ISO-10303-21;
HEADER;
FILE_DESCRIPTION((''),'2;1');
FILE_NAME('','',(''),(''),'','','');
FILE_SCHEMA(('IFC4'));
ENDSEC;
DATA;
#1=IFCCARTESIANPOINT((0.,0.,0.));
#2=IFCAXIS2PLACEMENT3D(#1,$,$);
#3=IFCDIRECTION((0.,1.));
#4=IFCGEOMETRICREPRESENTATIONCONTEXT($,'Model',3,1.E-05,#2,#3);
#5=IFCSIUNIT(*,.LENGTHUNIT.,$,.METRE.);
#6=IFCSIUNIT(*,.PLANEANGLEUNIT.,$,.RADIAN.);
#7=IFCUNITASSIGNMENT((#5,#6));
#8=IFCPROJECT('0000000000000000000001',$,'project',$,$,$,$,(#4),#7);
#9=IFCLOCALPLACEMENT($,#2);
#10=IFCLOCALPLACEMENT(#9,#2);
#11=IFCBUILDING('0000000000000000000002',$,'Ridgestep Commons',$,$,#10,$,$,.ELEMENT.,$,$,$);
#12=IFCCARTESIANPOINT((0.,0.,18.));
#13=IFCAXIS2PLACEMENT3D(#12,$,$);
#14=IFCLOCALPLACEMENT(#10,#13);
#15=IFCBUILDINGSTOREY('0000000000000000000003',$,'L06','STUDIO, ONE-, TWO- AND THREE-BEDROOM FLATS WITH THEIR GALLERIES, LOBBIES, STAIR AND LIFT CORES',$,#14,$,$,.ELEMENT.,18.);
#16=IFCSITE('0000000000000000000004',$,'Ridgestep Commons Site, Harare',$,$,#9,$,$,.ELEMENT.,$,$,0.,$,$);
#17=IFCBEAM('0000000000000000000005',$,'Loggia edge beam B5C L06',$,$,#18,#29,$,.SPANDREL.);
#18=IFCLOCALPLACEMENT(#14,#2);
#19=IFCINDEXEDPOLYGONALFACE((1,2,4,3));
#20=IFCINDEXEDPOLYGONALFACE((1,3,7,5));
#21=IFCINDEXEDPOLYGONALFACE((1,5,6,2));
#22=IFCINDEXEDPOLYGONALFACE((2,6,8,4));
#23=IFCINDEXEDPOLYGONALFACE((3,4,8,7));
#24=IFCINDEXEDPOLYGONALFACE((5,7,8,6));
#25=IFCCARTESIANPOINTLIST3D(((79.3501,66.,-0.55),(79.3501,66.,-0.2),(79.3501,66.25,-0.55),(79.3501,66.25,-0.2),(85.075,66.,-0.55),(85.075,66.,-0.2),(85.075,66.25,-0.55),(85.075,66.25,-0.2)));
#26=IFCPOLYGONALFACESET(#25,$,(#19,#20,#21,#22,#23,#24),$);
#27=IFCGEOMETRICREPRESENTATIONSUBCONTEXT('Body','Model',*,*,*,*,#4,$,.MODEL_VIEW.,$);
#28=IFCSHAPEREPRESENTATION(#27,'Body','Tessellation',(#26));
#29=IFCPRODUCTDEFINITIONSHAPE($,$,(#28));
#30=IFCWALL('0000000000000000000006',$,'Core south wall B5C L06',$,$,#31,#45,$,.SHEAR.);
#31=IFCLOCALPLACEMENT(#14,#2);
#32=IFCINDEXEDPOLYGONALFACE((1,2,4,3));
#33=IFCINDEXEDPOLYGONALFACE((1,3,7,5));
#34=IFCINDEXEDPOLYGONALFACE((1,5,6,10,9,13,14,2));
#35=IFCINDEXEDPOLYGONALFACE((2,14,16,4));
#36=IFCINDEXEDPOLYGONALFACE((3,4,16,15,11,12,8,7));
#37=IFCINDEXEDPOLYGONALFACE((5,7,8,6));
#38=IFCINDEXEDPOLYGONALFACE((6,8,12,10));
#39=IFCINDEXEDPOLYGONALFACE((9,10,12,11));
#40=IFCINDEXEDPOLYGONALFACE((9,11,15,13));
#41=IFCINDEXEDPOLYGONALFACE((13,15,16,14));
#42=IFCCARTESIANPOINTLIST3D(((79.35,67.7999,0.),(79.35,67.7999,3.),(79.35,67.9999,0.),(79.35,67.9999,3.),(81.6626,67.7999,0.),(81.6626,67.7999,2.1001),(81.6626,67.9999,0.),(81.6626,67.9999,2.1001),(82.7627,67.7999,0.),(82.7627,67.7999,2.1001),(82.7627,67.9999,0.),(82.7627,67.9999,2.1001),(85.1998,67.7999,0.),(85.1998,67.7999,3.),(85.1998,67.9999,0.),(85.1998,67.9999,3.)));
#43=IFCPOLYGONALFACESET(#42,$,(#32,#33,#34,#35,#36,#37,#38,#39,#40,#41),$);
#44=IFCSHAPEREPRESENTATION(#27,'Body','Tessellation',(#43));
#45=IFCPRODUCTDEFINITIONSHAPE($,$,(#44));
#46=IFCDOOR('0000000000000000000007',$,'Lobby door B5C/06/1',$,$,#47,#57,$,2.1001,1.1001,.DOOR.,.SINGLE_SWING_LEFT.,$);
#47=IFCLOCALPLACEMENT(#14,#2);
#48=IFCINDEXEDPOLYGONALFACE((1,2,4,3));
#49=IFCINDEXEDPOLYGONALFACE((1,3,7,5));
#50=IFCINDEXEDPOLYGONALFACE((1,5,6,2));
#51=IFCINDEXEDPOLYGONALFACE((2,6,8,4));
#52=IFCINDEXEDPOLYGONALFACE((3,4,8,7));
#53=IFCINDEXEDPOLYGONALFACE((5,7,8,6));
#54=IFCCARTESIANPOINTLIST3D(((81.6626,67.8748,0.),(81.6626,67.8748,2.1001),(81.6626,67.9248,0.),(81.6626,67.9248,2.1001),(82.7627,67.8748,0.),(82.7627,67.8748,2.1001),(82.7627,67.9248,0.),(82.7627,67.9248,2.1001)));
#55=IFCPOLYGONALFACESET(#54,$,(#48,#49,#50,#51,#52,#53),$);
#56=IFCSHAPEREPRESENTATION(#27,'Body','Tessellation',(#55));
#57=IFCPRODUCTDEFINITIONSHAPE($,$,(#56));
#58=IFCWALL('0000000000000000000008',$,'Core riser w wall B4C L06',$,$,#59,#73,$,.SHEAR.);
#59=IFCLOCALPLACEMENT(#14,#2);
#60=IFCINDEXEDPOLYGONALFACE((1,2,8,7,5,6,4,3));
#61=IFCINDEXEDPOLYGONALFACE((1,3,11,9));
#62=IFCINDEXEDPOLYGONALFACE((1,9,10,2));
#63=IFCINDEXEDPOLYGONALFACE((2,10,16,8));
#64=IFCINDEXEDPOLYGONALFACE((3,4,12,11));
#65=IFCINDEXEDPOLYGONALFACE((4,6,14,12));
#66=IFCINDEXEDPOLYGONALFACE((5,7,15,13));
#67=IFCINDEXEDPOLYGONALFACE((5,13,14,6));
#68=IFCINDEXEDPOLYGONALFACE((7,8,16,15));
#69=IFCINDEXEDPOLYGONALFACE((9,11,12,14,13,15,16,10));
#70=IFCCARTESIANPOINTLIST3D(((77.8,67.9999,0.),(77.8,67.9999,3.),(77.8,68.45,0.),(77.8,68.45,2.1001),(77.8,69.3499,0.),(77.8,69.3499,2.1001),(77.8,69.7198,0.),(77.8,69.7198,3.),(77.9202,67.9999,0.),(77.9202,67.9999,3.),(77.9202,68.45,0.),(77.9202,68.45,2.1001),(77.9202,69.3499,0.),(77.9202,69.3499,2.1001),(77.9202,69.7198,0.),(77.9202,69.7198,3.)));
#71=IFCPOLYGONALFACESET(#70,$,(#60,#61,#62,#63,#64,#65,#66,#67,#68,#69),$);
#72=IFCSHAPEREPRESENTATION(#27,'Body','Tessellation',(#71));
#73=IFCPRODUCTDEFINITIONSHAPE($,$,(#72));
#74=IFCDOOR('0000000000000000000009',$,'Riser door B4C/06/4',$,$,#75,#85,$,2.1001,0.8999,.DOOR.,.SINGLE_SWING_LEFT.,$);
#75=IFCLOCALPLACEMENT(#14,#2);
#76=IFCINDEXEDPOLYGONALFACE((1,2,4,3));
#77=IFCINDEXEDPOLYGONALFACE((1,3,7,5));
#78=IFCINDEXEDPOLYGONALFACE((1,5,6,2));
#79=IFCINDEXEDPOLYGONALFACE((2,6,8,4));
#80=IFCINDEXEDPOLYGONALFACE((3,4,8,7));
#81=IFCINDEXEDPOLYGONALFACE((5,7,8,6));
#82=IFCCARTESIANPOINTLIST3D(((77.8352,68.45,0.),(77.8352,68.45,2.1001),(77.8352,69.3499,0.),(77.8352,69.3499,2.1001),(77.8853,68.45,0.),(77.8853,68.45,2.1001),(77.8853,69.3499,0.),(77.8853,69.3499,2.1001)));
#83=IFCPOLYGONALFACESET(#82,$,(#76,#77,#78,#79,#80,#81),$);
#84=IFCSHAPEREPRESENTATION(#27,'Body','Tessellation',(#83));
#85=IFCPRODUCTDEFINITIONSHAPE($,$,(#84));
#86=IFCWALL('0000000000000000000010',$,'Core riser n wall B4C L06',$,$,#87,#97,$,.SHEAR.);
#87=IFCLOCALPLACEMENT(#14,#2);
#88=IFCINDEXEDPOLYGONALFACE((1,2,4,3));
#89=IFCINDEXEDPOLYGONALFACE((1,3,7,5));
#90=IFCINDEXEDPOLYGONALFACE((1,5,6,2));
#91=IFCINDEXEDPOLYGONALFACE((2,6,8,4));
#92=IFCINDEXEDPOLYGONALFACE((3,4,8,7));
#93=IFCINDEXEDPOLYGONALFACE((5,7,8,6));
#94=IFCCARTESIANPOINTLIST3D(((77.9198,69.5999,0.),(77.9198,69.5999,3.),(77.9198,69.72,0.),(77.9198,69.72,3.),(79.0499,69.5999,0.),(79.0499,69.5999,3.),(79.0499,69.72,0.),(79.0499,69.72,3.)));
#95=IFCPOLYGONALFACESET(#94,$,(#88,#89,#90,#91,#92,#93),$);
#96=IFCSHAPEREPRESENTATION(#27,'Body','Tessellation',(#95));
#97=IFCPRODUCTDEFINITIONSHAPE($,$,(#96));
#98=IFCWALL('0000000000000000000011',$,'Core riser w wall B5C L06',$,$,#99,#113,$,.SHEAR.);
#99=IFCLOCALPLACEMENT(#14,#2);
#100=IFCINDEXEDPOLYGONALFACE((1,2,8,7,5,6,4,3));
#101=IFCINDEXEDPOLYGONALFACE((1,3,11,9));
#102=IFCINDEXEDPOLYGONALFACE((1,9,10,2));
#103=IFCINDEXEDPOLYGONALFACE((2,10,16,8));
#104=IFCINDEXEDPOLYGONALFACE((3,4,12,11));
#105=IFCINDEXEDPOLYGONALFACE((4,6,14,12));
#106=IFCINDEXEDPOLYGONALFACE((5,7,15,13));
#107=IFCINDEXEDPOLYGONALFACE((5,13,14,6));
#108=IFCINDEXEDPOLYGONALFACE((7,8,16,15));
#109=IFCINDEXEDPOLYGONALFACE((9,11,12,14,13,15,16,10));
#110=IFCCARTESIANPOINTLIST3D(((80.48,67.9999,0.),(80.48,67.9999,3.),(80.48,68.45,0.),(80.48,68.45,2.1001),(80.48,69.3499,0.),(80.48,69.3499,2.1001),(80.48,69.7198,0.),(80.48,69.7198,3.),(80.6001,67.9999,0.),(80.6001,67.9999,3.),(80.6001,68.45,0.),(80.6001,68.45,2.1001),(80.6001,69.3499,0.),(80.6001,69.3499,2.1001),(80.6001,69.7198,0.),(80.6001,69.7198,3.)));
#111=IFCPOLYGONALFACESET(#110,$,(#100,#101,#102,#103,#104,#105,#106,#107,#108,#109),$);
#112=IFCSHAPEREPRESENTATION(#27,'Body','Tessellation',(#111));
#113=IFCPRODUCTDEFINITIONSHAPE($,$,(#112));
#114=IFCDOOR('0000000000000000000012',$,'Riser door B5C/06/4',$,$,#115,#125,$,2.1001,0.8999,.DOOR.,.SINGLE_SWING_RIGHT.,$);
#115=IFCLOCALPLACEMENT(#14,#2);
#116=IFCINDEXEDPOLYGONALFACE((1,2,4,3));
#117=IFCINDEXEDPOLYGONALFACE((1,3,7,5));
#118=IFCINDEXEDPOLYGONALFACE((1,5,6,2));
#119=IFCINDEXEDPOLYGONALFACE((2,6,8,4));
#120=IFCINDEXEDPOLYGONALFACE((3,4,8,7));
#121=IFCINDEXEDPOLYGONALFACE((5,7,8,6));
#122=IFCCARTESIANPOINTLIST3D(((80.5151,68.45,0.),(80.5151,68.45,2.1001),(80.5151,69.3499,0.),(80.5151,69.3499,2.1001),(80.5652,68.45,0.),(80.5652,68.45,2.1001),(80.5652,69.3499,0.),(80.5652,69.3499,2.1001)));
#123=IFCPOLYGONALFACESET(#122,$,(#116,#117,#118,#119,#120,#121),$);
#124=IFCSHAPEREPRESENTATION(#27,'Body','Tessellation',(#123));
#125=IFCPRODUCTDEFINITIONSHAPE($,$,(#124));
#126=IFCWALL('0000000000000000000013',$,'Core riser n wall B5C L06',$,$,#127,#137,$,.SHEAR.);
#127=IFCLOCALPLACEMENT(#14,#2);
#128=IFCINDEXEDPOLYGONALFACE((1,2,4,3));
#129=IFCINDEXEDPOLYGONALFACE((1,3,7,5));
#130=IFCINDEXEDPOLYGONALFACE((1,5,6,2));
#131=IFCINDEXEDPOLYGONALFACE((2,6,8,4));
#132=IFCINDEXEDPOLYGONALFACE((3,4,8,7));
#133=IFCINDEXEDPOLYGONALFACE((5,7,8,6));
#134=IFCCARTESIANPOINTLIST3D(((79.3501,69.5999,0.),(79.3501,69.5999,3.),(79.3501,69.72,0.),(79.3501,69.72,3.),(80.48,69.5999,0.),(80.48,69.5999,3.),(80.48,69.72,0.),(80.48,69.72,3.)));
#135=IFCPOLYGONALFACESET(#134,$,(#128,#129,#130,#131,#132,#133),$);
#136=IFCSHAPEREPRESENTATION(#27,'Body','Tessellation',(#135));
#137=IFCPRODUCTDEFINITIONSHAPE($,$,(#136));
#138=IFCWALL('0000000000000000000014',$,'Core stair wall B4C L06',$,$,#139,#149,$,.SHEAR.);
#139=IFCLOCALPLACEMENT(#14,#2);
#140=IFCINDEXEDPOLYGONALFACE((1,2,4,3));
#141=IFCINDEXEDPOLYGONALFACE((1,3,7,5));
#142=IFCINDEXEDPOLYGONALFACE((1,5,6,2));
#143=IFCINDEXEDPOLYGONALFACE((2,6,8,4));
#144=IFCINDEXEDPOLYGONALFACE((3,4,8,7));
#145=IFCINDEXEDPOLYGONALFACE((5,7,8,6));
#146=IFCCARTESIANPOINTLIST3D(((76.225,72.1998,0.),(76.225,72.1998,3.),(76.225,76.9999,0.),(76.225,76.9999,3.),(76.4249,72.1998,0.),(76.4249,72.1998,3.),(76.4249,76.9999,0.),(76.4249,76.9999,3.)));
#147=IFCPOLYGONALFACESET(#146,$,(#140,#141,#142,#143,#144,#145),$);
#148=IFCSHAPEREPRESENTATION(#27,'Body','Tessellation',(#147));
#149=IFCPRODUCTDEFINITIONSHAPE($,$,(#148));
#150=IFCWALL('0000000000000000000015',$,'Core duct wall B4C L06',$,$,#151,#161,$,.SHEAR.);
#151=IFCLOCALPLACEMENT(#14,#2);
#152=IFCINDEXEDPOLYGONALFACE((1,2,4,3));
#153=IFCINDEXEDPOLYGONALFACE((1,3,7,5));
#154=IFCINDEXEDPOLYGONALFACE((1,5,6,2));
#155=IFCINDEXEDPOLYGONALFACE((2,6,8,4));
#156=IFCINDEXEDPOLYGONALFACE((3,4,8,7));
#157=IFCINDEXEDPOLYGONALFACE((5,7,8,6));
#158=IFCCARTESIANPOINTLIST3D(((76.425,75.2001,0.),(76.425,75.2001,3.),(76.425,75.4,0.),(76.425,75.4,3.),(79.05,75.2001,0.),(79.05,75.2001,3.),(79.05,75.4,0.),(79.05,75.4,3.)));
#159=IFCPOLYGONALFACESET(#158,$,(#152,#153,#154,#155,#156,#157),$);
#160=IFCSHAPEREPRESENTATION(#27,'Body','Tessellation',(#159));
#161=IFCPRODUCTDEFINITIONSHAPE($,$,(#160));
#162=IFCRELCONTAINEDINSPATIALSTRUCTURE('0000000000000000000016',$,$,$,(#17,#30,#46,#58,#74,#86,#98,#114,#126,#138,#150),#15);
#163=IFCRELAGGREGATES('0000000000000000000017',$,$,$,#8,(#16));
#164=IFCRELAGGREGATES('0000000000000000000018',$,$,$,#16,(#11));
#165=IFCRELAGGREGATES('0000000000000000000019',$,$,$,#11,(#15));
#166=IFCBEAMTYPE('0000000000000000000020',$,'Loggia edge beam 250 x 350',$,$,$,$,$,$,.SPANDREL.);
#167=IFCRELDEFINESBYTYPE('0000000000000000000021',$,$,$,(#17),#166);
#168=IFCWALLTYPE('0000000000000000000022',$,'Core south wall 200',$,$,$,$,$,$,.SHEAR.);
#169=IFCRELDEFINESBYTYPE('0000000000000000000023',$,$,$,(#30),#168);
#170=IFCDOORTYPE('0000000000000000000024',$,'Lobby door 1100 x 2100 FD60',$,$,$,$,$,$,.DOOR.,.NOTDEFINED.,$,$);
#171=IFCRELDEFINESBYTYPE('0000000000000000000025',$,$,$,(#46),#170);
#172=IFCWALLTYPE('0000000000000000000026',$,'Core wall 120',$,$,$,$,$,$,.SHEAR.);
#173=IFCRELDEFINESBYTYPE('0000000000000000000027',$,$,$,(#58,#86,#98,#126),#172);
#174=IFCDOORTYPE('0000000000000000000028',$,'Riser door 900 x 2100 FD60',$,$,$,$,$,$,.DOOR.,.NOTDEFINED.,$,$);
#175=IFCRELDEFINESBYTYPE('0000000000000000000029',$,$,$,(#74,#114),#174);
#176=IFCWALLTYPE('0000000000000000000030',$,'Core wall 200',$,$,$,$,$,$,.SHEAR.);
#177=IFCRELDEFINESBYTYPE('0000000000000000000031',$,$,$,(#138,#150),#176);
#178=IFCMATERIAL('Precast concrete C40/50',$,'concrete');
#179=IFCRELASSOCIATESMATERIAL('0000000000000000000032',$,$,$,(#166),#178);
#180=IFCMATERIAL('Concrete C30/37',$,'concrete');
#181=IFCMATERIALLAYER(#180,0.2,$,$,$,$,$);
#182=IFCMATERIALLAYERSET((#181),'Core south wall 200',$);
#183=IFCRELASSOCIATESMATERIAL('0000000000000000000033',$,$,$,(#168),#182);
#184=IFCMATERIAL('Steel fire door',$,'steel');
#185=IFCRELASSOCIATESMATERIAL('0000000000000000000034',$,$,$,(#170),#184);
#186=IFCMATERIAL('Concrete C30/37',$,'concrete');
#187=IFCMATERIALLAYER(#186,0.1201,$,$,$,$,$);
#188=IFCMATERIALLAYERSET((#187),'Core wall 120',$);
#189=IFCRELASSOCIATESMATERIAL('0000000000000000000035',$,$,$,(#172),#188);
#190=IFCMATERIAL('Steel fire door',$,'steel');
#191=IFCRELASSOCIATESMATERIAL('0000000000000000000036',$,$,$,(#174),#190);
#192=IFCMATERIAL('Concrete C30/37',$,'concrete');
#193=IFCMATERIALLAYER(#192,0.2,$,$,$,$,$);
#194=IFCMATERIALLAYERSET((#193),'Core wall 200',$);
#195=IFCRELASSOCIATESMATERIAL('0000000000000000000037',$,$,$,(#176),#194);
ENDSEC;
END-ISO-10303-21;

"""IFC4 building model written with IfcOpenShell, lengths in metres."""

from ifc_helpers import new_model, si_unit, direction, frame, frame_2d, origin, origin_2d, place, context, subcontext, project, spatial, rectangle, extrude, material, layer, layer_set, material_profile, profile_set, type_object, element, fill, save


model = new_model("IFC4")

# Units and contexts
model_context = context("Model", 3, precision=1e-05, world=origin(), true_north=direction((0.0, 1.0)))
body_context = subcontext(model_context, "Body", "Model", "MODEL_VIEW")
ifc_project = project(units=[si_unit("LENGTHUNIT", "METRE"), si_unit("PLANEANGLEUNIT", "RADIAN")], contexts=[model_context])

# Site, building, storey
site_placement = place(None, origin())
site = spatial("IfcSite", under=ifc_project, at=site_placement, Name="Ridgestep Commons Site, Harare", CompositionType="ELEMENT", RefElevation=0.0)
building_placement = place(site_placement, origin())
building = spatial("IfcBuilding", under=site, at=building_placement, Name="Ridgestep Commons", CompositionType="ELEMENT")
storey_placement = place(building_placement, frame((0.0, 0.0, 18.0)))
storey = spatial("IfcBuildingStorey", under=building, at=storey_placement, Name="L06", Description="STUDIO, ONE-, TWO- AND THREE-BEDROOM FLATS WITH THEIR GALLERIES, LOBBIES, STAIR AND LIFT CORES", CompositionType="ELEMENT", Elevation=18.0)

# Beam
ifc_material_1 = material(Name="Precast concrete C40/50", Category="concrete")
ifc_material_profile = material_profile(ifc_material_1, rectangle(XDim=0.25, YDim=0.3501, at=origin_2d()), Name="PC 250x350")
ifc_profile_set = profile_set([ifc_material_profile], Name="Precast concrete C40/50")
beam_type = type_object("IfcBeamType", Name="Loggia edge beam 250 x 350", PredefinedType="SPANDREL", material=ifc_profile_set)
beam_placement = place(storey_placement, frame((79.3501, 66.125, -0.375), z_axis=(1.0, 0.0, 0.0), x_axis=(0.0, 1.0, 0.0)))
element("IfcBeam", 1, at=beam_placement, inside=storey, type_object=beam_type, Name="Loggia edge beam B5C L06", PredefinedType="SPANDREL", context=body_context, shape_type="SweptSolid", body=[
    extrude(rectangle(XDim=0.25, YDim=0.3501, at=origin_2d()), origin(), (0.0, 0.0, 1.0), 5.7249),
])

# Walls, openings, doors
ifc_material_2 = material(Name="Concrete C30/37", Category="concrete")
ifc_layer_1 = layer(ifc_material_2, 0.2)
ifc_layer_set_1 = layer_set([ifc_layer_1], Name="Core south wall 200")
wall_type_1 = type_object("IfcWallType", Name="Core south wall 200", PredefinedType="SHEAR", material=ifc_layer_set_1)
wall_1_placement = place(storey_placement, frame((79.3501, 67.8999, 0.0), z_axis=(0.0, 0.0, 1.0), x_axis=(1.0, 0.0, 0.0)))
wall_1 = element("IfcWall", 2, at=wall_1_placement, inside=storey, type_object=wall_type_1, Name="Core south wall B5C L06", PredefinedType="SHEAR", context=body_context, shape_type="SweptSolid", body=[
    extrude(rectangle(XDim=5.8499, YDim=0.2, at=frame_2d((2.9248, 0.0))), origin(), (0.0, 0.0, 1.0), 3.0),
])
opening_1_placement = place(wall_1_placement, frame((2.3125, 0.0, 0.0)))
opening_1 = element("IfcOpeningElement", 3, at=opening_1_placement, cuts=wall_1, PredefinedType="OPENING", context=body_context, shape_type="SweptSolid", body=[
    extrude(rectangle(XDim=1.1001, YDim=2.1001, at=frame_2d((0.55, 1.05))), frame((0.0, 0.1099, 0.0), z_axis=(0.0, -1.0, 0.0), x_axis=(1.0, 0.0, 0.0)), (0.0, 0.0, 1.0), 0.22),
])
ifc_material_3 = material(Name="Steel fire door", Category="steel")
door_type_1 = type_object("IfcDoorType", Name="Lobby door 1100 x 2100 FD60", OperationType="NOTDEFINED", PredefinedType="DOOR", material=ifc_material_3)
door_1_placement = place(opening_1_placement, origin())
door_1 = element("IfcDoor", 4, at=door_1_placement, inside=storey, type_object=door_type_1, Name="Lobby door B5C/06/1", OperationType="SINGLE_SWING_LEFT", OverallHeight=2.1001, OverallWidth=1.1001, PredefinedType="DOOR", context=body_context, shape_type="SweptSolid", body=[
    extrude(rectangle(XDim=1.1001, YDim=2.1001, at=frame_2d((0.55, 1.05))), frame((0.0, 0.0249, 0.0), z_axis=(0.0, -1.0, 0.0), x_axis=(1.0, 0.0, 0.0)), (0.0, 0.0, 1.0), 0.05),
])
fill(opening_1, door_1)
ifc_material_4 = material(Name="Concrete C30/37", Category="concrete")
ifc_layer_2 = layer(ifc_material_4, 0.1201)
ifc_layer_set_2 = layer_set([ifc_layer_2], Name="Core wall 120")
wall_type_2 = type_object("IfcWallType", Name="Core wall 120", PredefinedType="SHEAR", material=ifc_layer_set_2)
wall_2_placement = place(storey_placement, frame((77.8601, 68.0, 0.0), z_axis=(0.0, 0.0, 1.0), x_axis=(0.0, 1.0, 0.0)))
wall_2 = element("IfcWall", 5, at=wall_2_placement, inside=storey, type_object=wall_type_2, Name="Core riser w wall B4C L06", PredefinedType="SHEAR", context=body_context, shape_type="SweptSolid", body=[
    extrude(rectangle(XDim=1.72, YDim=0.1201, at=frame_2d((0.8599, 0.0))), origin(), (0.0, 0.0, 1.0), 3.0),
])
opening_2_placement = place(wall_2_placement, frame((0.45, 0.0, 0.0)))
opening_2 = element("IfcOpeningElement", 6, at=opening_2_placement, cuts=wall_2, PredefinedType="OPENING", context=body_context, shape_type="SweptSolid", body=[
    extrude(rectangle(XDim=0.8999, YDim=2.1001, at=frame_2d((0.45, 1.05))), frame((0.0, 0.0701, 0.0), z_axis=(0.0, -1.0, 0.0), x_axis=(1.0, 0.0, 0.0)), (0.0, 0.0, 1.0), 0.1401),
])
ifc_material_5 = material(Name="Steel fire door", Category="steel")
door_type_2 = type_object("IfcDoorType", Name="Riser door 900 x 2100 FD60", OperationType="NOTDEFINED", PredefinedType="DOOR", material=ifc_material_5)
door_2_placement = place(opening_2_placement, origin())
door_2 = element("IfcDoor", 7, at=door_2_placement, inside=storey, type_object=door_type_2, Name="Riser door B4C/06/4", OperationType="SINGLE_SWING_LEFT", OverallHeight=2.1001, OverallWidth=0.8999, PredefinedType="DOOR", context=body_context, shape_type="SweptSolid", body=[
    extrude(rectangle(XDim=0.8999, YDim=2.1001, at=frame_2d((0.45, 1.05))), frame((0.0, 0.0249, 0.0), z_axis=(0.0, -1.0, 0.0), x_axis=(1.0, 0.0, 0.0)), (0.0, 0.0, 1.0), 0.05),
])
fill(opening_2, door_2)

# Wall
wall_3_placement = place(storey_placement, frame((77.9199, 69.6599, 0.0), z_axis=(0.0, 0.0, 1.0), x_axis=(1.0, 0.0, 0.0)))
element("IfcWall", 8, at=wall_3_placement, inside=storey, type_object=wall_type_2, Name="Core riser n wall B4C L06", PredefinedType="SHEAR", context=body_context, shape_type="SweptSolid", body=[
    extrude(rectangle(XDim=1.1301, YDim=0.1201, at=frame_2d((0.5649, 0.0))), origin(), (0.0, 0.0, 1.0), 3.0),
])

# Wall, opening, door
wall_4_placement = place(storey_placement, frame((80.54, 68.0, 0.0), z_axis=(0.0, 0.0, 1.0), x_axis=(0.0, 1.0, 0.0)))
wall_4 = element("IfcWall", 9, at=wall_4_placement, inside=storey, type_object=wall_type_2, Name="Core riser w wall B5C L06", PredefinedType="SHEAR", context=body_context, shape_type="SweptSolid", body=[
    extrude(rectangle(XDim=1.72, YDim=0.1201, at=frame_2d((0.8599, 0.0))), origin(), (0.0, 0.0, 1.0), 3.0),
])
opening_3_placement = place(wall_4_placement, frame((0.45, 0.0, 0.0)))
opening_3 = element("IfcOpeningElement", 10, at=opening_3_placement, cuts=wall_4, PredefinedType="OPENING", context=body_context, shape_type="SweptSolid", body=[
    extrude(rectangle(XDim=0.8999, YDim=2.1001, at=frame_2d((0.45, 1.05))), frame((0.0, 0.0701, 0.0), z_axis=(0.0, -1.0, 0.0), x_axis=(1.0, 0.0, 0.0)), (0.0, 0.0, 1.0), 0.1401),
])
door_3_placement = place(opening_3_placement, origin())
door_3 = element("IfcDoor", 11, at=door_3_placement, inside=storey, type_object=door_type_2, Name="Riser door B5C/06/4", OperationType="SINGLE_SWING_RIGHT", OverallHeight=2.1001, OverallWidth=0.8999, PredefinedType="DOOR", context=body_context, shape_type="SweptSolid", body=[
    extrude(rectangle(XDim=0.8999, YDim=2.1001, at=frame_2d((0.45, 1.05))), frame((0.0, 0.0249, 0.0), z_axis=(0.0, -1.0, 0.0), x_axis=(1.0, 0.0, 0.0)), (0.0, 0.0, 1.0), 0.05),
])
fill(opening_3, door_3)

# Walls
wall_5_placement = place(storey_placement, frame((79.3501, 69.6599, 0.0), z_axis=(0.0, 0.0, 1.0), x_axis=(1.0, 0.0, 0.0)))
element("IfcWall", 12, at=wall_5_placement, inside=storey, type_object=wall_type_2, Name="Core riser n wall B5C L06", PredefinedType="SHEAR", context=body_context, shape_type="SweptSolid", body=[
    extrude(rectangle(XDim=1.1299, YDim=0.1201, at=frame_2d((0.5649, 0.0))), origin(), (0.0, 0.0, 1.0), 3.0),
])
ifc_material_6 = material(Name="Concrete C30/37", Category="concrete")
ifc_layer_3 = layer(ifc_material_6, 0.2)
ifc_layer_set_3 = layer_set([ifc_layer_3], Name="Core wall 200")
wall_type_3 = type_object("IfcWallType", Name="Core wall 200", PredefinedType="SHEAR", material=ifc_layer_set_3)
wall_6_placement = place(storey_placement, frame((76.325, 72.2, 0.0), z_axis=(0.0, 0.0, 1.0), x_axis=(0.0, 1.0, 0.0)))
element("IfcWall", 13, at=wall_6_placement, inside=storey, type_object=wall_type_3, Name="Core stair wall B4C L06", PredefinedType="SHEAR", context=body_context, shape_type="SweptSolid", body=[
    extrude(rectangle(XDim=4.8, YDim=0.2, at=frame_2d((2.3999, 0.0))), origin(), (0.0, 0.0, 1.0), 3.0),
])
wall_7_placement = place(storey_placement, frame((76.425, 75.3, 0.0), z_axis=(0.0, 0.0, 1.0), x_axis=(1.0, 0.0, 0.0)))
element("IfcWall", 14, at=wall_7_placement, inside=storey, type_object=wall_type_3, Name="Core duct wall B4C L06", PredefinedType="SHEAR", context=body_context, shape_type="SweptSolid", body=[
    extrude(rectangle(XDim=2.625, YDim=0.2, at=frame_2d((1.3125, 0.0))), origin(), (0.0, 0.0, 1.0), 3.0),
])

save(model, "model.ifc")
